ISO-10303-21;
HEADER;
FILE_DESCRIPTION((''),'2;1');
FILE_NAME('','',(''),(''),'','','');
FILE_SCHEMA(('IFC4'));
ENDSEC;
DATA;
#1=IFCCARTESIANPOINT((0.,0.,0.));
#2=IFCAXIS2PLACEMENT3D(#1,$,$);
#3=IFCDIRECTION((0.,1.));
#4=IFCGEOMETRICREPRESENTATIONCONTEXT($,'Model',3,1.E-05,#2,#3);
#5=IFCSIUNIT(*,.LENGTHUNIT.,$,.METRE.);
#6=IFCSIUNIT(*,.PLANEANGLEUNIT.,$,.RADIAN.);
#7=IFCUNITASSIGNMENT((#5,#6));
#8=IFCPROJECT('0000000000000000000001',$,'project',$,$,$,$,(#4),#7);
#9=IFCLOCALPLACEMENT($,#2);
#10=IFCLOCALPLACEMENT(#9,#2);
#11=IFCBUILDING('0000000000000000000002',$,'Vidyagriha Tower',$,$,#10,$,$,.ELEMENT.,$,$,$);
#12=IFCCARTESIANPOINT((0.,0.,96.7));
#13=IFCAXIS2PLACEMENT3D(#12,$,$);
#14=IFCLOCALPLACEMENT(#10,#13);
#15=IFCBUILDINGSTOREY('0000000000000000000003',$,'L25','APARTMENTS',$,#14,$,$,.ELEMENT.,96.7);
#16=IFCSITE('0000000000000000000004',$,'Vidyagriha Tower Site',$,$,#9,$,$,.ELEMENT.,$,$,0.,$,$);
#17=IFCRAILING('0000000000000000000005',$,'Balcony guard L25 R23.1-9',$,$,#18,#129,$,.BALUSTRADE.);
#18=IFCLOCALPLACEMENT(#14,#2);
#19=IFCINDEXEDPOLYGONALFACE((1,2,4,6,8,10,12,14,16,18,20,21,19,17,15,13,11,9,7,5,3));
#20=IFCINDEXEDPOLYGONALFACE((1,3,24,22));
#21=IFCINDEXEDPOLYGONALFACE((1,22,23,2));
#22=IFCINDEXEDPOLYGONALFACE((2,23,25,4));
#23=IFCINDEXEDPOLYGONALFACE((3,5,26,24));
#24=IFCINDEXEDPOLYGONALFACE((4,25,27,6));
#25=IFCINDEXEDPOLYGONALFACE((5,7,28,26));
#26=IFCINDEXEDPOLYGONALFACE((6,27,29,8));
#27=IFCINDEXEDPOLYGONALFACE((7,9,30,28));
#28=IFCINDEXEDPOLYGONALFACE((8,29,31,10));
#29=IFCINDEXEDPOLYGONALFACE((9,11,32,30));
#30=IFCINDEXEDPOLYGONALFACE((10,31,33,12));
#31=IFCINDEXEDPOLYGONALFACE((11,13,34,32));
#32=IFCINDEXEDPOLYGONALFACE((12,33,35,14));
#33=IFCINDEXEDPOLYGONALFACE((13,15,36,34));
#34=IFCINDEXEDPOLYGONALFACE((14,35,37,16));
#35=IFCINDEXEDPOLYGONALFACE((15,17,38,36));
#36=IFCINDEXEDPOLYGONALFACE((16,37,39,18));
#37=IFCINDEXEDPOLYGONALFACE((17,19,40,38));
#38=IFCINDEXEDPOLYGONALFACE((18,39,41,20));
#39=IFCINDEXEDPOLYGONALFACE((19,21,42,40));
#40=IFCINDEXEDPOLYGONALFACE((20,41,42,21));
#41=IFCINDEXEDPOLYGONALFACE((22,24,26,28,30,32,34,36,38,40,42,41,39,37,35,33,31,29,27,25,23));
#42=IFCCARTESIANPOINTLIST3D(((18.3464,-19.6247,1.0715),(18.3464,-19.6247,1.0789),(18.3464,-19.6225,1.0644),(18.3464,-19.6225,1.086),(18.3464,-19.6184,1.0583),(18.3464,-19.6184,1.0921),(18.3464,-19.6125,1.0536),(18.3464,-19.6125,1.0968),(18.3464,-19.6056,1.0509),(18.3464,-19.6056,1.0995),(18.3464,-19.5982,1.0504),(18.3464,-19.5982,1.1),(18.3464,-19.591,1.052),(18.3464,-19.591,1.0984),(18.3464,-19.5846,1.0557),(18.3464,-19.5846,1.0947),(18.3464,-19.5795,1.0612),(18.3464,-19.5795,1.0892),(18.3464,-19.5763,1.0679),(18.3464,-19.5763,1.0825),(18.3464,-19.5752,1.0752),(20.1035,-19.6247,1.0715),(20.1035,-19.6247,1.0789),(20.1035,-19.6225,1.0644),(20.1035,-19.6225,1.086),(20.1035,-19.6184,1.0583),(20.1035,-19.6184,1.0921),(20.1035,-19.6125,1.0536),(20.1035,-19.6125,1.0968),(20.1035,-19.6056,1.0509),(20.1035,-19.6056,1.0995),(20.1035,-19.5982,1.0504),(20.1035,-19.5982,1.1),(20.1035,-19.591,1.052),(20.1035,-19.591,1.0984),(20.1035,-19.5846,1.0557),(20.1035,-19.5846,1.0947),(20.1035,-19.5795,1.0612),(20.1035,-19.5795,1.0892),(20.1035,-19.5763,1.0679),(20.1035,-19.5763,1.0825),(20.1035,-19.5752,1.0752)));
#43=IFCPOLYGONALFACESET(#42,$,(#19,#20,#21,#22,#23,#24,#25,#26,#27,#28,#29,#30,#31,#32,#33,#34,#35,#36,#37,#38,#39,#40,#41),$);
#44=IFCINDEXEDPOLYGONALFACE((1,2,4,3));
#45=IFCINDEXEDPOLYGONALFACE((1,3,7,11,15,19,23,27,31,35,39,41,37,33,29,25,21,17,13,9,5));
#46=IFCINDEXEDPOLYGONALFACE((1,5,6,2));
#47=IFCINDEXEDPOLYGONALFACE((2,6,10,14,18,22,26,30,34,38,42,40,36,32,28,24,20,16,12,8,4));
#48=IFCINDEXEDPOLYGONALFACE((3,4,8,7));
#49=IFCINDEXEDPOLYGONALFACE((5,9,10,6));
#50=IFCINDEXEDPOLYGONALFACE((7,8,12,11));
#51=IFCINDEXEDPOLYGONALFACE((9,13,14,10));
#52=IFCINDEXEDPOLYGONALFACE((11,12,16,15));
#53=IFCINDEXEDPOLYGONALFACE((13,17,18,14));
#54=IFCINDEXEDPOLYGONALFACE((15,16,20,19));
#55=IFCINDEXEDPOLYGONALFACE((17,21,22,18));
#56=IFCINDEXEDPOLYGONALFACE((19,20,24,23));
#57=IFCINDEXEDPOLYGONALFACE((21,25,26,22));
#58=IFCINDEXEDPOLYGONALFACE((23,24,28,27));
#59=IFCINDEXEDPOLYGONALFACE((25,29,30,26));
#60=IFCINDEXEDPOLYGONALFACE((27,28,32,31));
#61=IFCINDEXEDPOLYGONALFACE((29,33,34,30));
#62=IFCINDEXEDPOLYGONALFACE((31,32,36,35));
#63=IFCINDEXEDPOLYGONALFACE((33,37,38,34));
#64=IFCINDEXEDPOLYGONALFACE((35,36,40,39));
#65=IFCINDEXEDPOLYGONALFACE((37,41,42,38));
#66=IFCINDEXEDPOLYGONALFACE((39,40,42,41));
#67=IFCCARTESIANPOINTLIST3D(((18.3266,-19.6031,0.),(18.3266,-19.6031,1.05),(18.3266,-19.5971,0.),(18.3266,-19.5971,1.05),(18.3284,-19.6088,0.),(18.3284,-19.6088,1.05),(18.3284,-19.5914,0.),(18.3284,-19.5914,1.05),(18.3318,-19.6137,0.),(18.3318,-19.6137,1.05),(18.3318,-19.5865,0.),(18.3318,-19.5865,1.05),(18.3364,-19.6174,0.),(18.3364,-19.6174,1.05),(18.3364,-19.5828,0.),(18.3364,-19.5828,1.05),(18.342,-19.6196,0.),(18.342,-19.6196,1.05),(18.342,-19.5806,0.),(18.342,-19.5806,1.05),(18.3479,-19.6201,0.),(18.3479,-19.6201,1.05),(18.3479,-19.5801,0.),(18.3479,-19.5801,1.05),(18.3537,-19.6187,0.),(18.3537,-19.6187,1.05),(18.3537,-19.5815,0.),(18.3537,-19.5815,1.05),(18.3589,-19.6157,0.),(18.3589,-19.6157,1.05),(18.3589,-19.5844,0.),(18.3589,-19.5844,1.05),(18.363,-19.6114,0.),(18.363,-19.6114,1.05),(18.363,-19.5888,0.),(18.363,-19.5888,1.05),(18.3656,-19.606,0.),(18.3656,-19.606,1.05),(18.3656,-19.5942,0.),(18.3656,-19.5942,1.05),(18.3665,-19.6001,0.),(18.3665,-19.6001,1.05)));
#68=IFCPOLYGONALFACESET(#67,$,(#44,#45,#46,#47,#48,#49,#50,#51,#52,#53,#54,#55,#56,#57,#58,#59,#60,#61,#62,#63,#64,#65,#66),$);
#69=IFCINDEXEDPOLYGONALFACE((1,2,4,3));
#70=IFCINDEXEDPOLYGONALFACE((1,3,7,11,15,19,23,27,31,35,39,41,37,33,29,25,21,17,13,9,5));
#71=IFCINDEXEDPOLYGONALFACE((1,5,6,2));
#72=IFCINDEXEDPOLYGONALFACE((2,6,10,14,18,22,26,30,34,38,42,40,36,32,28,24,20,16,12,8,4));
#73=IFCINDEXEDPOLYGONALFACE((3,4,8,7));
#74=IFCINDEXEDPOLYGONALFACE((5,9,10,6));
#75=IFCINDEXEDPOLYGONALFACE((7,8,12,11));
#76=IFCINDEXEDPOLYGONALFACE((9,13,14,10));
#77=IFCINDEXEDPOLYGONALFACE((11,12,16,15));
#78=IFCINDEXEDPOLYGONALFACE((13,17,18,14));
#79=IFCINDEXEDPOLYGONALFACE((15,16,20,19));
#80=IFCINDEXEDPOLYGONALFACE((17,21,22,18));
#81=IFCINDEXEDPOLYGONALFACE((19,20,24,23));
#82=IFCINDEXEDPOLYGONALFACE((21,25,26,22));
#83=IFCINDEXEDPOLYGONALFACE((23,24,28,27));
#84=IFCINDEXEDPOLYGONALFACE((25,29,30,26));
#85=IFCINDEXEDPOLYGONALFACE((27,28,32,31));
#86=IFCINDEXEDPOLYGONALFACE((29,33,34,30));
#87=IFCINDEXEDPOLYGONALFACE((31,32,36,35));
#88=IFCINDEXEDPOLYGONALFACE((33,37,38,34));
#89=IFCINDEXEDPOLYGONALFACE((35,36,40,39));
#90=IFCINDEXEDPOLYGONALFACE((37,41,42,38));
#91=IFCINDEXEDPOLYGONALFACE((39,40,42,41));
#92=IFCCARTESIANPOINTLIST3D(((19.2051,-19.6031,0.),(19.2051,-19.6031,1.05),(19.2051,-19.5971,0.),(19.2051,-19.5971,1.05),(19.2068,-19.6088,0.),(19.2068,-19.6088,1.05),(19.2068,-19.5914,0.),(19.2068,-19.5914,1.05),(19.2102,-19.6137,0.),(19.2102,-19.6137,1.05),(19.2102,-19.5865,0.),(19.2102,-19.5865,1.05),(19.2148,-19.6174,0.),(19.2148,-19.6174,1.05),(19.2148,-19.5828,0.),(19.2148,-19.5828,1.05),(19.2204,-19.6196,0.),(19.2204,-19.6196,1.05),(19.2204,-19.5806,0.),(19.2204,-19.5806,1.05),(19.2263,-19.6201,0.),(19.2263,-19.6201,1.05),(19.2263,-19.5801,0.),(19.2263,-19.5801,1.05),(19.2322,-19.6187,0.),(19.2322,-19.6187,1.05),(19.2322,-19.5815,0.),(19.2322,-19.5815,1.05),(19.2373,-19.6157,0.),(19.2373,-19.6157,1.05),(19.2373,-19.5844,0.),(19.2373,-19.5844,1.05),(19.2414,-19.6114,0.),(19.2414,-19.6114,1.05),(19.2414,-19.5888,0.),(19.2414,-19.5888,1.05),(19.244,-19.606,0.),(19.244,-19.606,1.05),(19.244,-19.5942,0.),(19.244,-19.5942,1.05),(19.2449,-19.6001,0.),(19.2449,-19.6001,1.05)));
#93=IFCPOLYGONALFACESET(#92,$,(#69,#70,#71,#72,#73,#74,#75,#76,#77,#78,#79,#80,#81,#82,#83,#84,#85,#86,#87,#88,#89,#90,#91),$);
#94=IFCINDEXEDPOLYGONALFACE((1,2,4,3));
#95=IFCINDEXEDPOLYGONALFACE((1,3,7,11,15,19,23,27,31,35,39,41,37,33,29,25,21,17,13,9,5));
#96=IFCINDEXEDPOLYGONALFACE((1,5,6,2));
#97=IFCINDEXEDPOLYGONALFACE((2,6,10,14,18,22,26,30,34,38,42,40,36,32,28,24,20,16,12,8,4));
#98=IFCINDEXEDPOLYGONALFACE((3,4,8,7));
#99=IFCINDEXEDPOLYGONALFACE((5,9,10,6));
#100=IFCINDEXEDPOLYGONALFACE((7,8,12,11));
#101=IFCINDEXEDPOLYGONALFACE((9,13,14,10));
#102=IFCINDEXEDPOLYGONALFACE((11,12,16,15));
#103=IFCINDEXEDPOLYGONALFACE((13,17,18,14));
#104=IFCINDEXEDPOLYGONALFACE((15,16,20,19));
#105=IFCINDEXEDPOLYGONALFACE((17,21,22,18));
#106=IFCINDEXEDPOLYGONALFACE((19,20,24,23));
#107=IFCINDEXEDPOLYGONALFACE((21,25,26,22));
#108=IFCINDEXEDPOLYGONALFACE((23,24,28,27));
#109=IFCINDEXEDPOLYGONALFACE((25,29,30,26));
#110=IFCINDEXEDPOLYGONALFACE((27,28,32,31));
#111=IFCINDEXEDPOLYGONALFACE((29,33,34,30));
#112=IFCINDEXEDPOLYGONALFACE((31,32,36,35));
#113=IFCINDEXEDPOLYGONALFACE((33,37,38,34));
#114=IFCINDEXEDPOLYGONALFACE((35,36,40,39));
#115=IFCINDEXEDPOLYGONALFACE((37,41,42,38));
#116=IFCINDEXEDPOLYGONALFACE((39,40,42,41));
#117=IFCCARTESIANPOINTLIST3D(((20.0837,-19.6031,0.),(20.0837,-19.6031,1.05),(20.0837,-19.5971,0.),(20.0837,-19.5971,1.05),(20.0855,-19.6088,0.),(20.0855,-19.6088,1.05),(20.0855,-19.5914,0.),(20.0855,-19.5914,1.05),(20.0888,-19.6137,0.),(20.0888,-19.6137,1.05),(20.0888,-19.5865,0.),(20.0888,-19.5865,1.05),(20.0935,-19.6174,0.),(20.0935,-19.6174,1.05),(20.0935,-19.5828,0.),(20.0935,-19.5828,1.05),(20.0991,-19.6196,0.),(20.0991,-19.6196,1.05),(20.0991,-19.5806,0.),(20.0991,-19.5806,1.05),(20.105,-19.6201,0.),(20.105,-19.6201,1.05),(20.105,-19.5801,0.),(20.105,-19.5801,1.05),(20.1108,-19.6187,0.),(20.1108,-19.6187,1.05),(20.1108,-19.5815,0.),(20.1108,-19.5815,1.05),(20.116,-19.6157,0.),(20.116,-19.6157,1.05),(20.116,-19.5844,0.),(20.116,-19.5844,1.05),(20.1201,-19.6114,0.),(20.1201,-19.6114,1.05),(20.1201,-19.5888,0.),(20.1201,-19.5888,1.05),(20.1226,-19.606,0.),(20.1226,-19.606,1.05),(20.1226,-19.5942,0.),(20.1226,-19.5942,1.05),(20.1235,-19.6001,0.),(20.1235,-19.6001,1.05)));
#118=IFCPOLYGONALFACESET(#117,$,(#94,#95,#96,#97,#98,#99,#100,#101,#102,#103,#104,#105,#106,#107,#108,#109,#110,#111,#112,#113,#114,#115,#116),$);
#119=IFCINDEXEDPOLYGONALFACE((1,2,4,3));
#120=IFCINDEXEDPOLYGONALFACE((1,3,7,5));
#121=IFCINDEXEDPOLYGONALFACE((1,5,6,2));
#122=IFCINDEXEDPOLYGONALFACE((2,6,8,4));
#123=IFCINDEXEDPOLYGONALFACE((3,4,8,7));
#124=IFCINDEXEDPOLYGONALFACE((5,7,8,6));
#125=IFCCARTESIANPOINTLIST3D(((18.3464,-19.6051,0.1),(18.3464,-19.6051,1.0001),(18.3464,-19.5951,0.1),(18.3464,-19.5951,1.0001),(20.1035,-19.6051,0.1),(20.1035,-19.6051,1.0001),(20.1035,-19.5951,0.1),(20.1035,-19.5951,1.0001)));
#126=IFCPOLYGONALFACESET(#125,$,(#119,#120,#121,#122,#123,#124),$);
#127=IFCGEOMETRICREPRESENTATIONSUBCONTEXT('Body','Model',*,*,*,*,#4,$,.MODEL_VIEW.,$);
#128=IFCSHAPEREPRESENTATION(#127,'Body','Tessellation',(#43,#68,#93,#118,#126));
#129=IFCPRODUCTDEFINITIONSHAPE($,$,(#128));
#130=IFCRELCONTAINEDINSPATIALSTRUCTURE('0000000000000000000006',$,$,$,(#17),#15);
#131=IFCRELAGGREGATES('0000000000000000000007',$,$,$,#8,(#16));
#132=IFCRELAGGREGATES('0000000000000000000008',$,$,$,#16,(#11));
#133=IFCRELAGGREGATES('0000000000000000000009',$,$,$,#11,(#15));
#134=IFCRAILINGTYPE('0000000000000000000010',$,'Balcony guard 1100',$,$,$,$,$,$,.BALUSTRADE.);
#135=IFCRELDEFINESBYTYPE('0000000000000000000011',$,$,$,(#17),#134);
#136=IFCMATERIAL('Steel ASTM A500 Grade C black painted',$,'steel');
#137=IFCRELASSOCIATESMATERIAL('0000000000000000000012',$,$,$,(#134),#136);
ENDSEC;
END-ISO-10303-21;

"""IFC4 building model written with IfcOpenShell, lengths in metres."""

from ifc_helpers import new_model, si_unit, direction, frame, origin, origin_2d, place, context, subcontext, project, spatial, rectangle, circle, extrude, material, type_object, element, save


model = new_model("IFC4")

# Units and contexts
model_context = context("Model", 3, precision=1e-05, world=origin(), true_north=direction((0.0, 1.0)))
body_context = subcontext(model_context, "Body", "Model", "MODEL_VIEW")
ifc_project = project(units=[si_unit("LENGTHUNIT", "METRE"), si_unit("PLANEANGLEUNIT", "RADIAN")], contexts=[model_context])

# Site, building, storey
site_placement = place(None, origin())
site = spatial("IfcSite", under=ifc_project, at=site_placement, Name="Vidyagriha Tower Site", CompositionType="ELEMENT", RefElevation=0.0)
building_placement = place(site_placement, origin())
building = spatial("IfcBuilding", under=site, at=building_placement, Name="Vidyagriha Tower", CompositionType="ELEMENT")
storey_placement = place(building_placement, frame((0.0, 0.0, 96.7)))
storey = spatial("IfcBuildingStorey", under=building, at=storey_placement, Name="L25", Description="APARTMENTS", CompositionType="ELEMENT", Elevation=96.7)

# Railing
ifc_material_1 = material(Name="Steel ASTM A500 Grade C black painted", Category="steel")
railing_type = type_object("IfcRailingType", Name="Balcony guard 1100", PredefinedType="BALUSTRADE", material=ifc_material_1)
railing_1_placement = place(storey_placement, frame((18.3464, -19.6001, 0.0)))
element("IfcRailing", 1, at=railing_1_placement, inside=storey, type_object=railing_type, Name="Balcony guard L25 R23.1-9", PredefinedType="BALUSTRADE", context=body_context, shape_type="SweptSolid", body=[
    extrude(circle(Radius=0.0249, at=origin_2d()), frame((0.0, 0.0, 1.0752), z_axis=(1.0, 0.0, 0.0), x_axis=(0.0, 1.0, 0.0)), (0.0, 0.0, 1.0), 1.7571),
    extrude(circle(Radius=0.02, at=origin_2d()), origin(), (0.0, 0.0, 1.0), 1.05),
    extrude(circle(Radius=0.02, at=origin_2d()), frame((0.8784, 0.0, 0.0)), (0.0, 0.0, 1.0), 1.05),
    extrude(circle(Radius=0.02, at=origin_2d()), frame((1.7571, 0.0, 0.0)), (0.0, 0.0, 1.0), 1.05),
    extrude(rectangle(XDim=0.01, YDim=0.9001, at=origin_2d()), frame((0.0, 0.0, 0.55), z_axis=(1.0, 0.0, 0.0), x_axis=(0.0, 1.0, 0.0)), (0.0, 0.0, 1.0), 1.7571),
])

save(model, "model.ifc")
